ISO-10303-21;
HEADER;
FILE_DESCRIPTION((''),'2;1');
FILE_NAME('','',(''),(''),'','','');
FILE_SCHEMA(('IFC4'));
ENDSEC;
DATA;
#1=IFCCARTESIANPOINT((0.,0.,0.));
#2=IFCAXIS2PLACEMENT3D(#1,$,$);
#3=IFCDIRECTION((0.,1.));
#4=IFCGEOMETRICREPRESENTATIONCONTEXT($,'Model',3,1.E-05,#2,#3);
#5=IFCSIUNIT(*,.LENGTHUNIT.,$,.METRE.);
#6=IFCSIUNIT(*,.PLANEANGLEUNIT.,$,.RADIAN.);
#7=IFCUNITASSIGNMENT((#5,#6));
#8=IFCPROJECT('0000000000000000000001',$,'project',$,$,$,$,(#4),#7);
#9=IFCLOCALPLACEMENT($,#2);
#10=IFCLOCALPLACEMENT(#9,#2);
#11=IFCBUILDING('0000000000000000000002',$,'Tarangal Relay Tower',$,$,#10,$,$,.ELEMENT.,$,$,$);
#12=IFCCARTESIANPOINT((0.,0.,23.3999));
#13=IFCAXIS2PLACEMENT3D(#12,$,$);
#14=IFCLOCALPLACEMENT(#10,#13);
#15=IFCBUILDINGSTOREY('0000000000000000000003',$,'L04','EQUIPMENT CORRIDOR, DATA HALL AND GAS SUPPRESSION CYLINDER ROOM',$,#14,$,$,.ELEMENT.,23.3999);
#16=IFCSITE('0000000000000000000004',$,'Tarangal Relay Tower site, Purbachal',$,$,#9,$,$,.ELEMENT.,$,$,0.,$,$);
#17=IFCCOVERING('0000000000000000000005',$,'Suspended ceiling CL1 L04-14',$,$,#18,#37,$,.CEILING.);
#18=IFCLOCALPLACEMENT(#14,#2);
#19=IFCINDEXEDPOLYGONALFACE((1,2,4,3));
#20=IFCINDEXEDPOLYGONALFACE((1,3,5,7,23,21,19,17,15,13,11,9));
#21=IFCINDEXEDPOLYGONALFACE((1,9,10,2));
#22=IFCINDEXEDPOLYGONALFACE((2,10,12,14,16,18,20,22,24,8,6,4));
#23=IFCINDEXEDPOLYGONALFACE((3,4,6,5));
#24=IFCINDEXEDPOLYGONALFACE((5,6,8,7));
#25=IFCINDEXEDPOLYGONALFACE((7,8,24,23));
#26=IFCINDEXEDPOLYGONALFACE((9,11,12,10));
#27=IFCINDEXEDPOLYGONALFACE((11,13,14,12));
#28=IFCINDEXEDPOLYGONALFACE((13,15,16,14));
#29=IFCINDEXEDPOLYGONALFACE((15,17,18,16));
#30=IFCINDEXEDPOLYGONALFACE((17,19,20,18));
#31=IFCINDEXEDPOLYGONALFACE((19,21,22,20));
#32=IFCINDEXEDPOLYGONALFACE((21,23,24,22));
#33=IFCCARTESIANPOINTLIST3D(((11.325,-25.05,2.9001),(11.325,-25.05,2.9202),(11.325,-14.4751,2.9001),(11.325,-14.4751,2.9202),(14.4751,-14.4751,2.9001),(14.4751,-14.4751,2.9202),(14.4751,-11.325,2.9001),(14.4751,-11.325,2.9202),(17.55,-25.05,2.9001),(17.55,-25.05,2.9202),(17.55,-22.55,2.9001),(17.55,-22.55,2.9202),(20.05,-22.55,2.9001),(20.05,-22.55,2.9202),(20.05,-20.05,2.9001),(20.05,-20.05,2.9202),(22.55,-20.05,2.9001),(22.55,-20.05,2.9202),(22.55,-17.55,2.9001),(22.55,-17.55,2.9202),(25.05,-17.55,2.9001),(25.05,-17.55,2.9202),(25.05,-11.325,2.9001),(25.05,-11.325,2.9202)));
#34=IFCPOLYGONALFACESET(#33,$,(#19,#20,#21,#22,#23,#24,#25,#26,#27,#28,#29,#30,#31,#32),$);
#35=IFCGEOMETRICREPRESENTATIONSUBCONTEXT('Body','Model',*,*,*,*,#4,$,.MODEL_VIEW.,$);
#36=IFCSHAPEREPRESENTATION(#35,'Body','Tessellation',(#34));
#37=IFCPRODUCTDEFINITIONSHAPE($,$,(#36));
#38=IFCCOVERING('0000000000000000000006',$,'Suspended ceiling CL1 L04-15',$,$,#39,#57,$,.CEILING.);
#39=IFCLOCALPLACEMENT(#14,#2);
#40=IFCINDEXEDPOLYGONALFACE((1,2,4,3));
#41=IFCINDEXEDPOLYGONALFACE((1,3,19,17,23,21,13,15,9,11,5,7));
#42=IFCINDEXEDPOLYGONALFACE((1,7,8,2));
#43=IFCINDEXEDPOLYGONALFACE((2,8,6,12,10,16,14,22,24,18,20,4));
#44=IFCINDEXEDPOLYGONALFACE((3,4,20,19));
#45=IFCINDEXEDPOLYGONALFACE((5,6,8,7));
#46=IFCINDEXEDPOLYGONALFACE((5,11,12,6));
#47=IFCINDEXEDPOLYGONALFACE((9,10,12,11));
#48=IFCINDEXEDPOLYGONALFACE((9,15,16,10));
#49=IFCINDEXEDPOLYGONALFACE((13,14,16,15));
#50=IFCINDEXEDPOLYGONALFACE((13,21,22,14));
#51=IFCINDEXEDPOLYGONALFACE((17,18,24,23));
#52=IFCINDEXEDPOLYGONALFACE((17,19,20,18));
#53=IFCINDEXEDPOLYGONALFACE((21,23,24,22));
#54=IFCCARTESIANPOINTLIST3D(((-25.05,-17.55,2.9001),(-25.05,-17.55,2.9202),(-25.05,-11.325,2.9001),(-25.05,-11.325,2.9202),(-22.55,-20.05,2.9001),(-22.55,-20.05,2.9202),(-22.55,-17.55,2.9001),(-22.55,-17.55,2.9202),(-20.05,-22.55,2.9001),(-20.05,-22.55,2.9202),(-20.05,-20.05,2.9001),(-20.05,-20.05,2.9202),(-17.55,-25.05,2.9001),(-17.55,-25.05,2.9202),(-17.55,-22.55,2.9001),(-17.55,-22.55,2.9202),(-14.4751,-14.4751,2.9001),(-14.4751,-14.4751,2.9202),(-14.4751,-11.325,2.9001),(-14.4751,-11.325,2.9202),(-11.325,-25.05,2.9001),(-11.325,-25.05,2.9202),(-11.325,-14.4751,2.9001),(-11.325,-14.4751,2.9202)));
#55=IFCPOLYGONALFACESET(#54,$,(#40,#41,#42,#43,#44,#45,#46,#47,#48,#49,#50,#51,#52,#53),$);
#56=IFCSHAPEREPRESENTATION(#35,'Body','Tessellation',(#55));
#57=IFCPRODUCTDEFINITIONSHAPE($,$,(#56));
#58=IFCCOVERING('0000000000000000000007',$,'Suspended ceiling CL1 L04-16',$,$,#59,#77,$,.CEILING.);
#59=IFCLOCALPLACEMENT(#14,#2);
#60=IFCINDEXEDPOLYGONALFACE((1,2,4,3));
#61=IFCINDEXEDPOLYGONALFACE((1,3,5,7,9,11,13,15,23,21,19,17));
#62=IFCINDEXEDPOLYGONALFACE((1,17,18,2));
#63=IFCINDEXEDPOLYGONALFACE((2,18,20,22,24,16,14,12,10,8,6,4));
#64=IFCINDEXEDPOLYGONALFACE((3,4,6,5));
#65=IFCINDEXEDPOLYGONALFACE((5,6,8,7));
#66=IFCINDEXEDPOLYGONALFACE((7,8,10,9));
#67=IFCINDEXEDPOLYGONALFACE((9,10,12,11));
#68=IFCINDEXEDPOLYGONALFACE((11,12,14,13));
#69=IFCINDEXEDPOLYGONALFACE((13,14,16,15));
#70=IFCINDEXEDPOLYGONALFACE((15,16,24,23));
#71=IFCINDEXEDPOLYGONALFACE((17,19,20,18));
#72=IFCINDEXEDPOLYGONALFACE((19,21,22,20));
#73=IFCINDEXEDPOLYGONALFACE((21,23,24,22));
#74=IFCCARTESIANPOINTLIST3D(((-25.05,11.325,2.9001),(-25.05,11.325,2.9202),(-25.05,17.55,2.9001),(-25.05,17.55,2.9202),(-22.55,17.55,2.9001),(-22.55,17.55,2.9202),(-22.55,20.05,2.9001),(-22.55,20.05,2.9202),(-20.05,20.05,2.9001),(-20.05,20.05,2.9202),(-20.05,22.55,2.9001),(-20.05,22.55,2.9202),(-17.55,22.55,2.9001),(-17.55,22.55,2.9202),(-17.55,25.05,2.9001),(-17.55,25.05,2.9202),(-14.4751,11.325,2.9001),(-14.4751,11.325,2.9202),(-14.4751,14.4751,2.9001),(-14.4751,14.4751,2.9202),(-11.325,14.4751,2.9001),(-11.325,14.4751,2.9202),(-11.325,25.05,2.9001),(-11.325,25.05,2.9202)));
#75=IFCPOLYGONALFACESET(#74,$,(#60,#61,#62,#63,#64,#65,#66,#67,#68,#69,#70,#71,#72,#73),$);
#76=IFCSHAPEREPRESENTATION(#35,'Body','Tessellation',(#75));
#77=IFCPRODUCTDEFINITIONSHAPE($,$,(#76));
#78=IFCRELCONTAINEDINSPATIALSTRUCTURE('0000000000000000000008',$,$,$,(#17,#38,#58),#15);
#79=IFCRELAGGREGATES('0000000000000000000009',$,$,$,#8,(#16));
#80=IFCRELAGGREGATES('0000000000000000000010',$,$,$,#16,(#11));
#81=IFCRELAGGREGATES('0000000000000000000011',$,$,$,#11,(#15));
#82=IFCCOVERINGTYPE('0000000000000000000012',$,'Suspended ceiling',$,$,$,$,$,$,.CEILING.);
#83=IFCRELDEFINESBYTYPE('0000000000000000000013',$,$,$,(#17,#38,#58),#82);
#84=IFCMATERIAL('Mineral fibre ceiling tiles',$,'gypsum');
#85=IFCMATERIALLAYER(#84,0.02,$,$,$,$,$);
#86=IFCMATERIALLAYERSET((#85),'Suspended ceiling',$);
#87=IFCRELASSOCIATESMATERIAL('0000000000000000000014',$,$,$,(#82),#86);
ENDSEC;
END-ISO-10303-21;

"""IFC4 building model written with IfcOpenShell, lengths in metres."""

from ifc_helpers import new_model, si_unit, direction, frame, origin, place, context, subcontext, project, spatial, polyline, outline, extrude, material, layer, layer_set, type_object, element, save


model = new_model("IFC4")

# Units and contexts
model_context = context("Model", 3, precision=1e-05, world=origin(), true_north=direction((0.0, 1.0)))
body_context = subcontext(model_context, "Body", "Model", "MODEL_VIEW")
ifc_project = project(units=[si_unit("LENGTHUNIT", "METRE"), si_unit("PLANEANGLEUNIT", "RADIAN")], contexts=[model_context])

# Site, building, storey
site_placement = place(None, origin())
site = spatial("IfcSite", under=ifc_project, at=site_placement, Name="Tarangal Relay Tower site, Purbachal", CompositionType="ELEMENT", RefElevation=0.0)
building_placement = place(site_placement, origin())
building = spatial("IfcBuilding", under=site, at=building_placement, Name="Tarangal Relay Tower", CompositionType="ELEMENT")
storey_placement = place(building_placement, frame((0.0, 0.0, 23.3999)))
storey = spatial("IfcBuildingStorey", under=building, at=storey_placement, Name="L04", Description="EQUIPMENT CORRIDOR, DATA HALL AND GAS SUPPRESSION CYLINDER ROOM", CompositionType="ELEMENT", Elevation=23.3999)

# Coverings
ifc_material_1 = material(Name="Mineral fibre ceiling tiles", Category="gypsum")
ifc_layer_1 = layer(ifc_material_1, 0.02)
ifc_layer_set_1 = layer_set([ifc_layer_1], Name="Suspended ceiling")
covering_type_1 = type_object("IfcCoveringType", Name="Suspended ceiling", PredefinedType="CEILING", material=ifc_layer_set_1)
covering_1_placement = place(storey_placement, frame((0.0, 0.0, 2.9001)))
element("IfcCovering", 1, at=covering_1_placement, inside=storey, type_object=covering_type_1, Name="Suspended ceiling CL1 L04-14", PredefinedType="CEILING", context=body_context, shape_type="SweptSolid", body=[
    extrude(outline(polyline([(25.05, -17.55), (25.05, -11.325), (14.4751, -11.325), (14.4751, -14.4751), (11.325, -14.4751), (11.325, -25.05), (17.55, -25.05), (17.55, -22.55), (20.05, -22.55), (20.05, -20.05), (22.55, -20.05), (22.55, -17.55), (25.05, -17.55)])), origin(), (0.0, 0.0, 1.0), 0.02),
])
covering_2_placement = place(storey_placement, frame((0.0, 0.0, 2.9001)))
element("IfcCovering", 2, at=covering_2_placement, inside=storey, type_object=covering_type_1, Name="Suspended ceiling CL1 L04-15", PredefinedType="CEILING", context=body_context, shape_type="SweptSolid", body=[
    extrude(outline(polyline([(-17.55, -22.55), (-17.55, -25.05), (-11.325, -25.05), (-11.325, -14.4751), (-14.4751, -14.4751), (-14.4751, -11.325), (-25.05, -11.325), (-25.05, -17.55), (-22.55, -17.55), (-22.55, -20.05), (-20.05, -20.05), (-20.05, -22.55), (-17.55, -22.55)])), origin(), (0.0, 0.0, 1.0), 0.02),
])
covering_3_placement = place(storey_placement, frame((0.0, 0.0, 2.9001)))
element("IfcCovering", 3, at=covering_3_placement, inside=storey, type_object=covering_type_1, Name="Suspended ceiling CL1 L04-16", PredefinedType="CEILING", context=body_context, shape_type="SweptSolid", body=[
    extrude(outline(polyline([(-22.55, 17.55), (-25.05, 17.55), (-25.05, 11.325), (-14.4751, 11.325), (-14.4751, 14.4751), (-11.325, 14.4751), (-11.325, 25.05), (-17.55, 25.05), (-17.55, 22.55), (-20.05, 22.55), (-20.05, 20.05), (-22.55, 20.05), (-22.55, 17.55)])), origin(), (0.0, 0.0, 1.0), 0.02),
])

save(model, "model.ifc")
